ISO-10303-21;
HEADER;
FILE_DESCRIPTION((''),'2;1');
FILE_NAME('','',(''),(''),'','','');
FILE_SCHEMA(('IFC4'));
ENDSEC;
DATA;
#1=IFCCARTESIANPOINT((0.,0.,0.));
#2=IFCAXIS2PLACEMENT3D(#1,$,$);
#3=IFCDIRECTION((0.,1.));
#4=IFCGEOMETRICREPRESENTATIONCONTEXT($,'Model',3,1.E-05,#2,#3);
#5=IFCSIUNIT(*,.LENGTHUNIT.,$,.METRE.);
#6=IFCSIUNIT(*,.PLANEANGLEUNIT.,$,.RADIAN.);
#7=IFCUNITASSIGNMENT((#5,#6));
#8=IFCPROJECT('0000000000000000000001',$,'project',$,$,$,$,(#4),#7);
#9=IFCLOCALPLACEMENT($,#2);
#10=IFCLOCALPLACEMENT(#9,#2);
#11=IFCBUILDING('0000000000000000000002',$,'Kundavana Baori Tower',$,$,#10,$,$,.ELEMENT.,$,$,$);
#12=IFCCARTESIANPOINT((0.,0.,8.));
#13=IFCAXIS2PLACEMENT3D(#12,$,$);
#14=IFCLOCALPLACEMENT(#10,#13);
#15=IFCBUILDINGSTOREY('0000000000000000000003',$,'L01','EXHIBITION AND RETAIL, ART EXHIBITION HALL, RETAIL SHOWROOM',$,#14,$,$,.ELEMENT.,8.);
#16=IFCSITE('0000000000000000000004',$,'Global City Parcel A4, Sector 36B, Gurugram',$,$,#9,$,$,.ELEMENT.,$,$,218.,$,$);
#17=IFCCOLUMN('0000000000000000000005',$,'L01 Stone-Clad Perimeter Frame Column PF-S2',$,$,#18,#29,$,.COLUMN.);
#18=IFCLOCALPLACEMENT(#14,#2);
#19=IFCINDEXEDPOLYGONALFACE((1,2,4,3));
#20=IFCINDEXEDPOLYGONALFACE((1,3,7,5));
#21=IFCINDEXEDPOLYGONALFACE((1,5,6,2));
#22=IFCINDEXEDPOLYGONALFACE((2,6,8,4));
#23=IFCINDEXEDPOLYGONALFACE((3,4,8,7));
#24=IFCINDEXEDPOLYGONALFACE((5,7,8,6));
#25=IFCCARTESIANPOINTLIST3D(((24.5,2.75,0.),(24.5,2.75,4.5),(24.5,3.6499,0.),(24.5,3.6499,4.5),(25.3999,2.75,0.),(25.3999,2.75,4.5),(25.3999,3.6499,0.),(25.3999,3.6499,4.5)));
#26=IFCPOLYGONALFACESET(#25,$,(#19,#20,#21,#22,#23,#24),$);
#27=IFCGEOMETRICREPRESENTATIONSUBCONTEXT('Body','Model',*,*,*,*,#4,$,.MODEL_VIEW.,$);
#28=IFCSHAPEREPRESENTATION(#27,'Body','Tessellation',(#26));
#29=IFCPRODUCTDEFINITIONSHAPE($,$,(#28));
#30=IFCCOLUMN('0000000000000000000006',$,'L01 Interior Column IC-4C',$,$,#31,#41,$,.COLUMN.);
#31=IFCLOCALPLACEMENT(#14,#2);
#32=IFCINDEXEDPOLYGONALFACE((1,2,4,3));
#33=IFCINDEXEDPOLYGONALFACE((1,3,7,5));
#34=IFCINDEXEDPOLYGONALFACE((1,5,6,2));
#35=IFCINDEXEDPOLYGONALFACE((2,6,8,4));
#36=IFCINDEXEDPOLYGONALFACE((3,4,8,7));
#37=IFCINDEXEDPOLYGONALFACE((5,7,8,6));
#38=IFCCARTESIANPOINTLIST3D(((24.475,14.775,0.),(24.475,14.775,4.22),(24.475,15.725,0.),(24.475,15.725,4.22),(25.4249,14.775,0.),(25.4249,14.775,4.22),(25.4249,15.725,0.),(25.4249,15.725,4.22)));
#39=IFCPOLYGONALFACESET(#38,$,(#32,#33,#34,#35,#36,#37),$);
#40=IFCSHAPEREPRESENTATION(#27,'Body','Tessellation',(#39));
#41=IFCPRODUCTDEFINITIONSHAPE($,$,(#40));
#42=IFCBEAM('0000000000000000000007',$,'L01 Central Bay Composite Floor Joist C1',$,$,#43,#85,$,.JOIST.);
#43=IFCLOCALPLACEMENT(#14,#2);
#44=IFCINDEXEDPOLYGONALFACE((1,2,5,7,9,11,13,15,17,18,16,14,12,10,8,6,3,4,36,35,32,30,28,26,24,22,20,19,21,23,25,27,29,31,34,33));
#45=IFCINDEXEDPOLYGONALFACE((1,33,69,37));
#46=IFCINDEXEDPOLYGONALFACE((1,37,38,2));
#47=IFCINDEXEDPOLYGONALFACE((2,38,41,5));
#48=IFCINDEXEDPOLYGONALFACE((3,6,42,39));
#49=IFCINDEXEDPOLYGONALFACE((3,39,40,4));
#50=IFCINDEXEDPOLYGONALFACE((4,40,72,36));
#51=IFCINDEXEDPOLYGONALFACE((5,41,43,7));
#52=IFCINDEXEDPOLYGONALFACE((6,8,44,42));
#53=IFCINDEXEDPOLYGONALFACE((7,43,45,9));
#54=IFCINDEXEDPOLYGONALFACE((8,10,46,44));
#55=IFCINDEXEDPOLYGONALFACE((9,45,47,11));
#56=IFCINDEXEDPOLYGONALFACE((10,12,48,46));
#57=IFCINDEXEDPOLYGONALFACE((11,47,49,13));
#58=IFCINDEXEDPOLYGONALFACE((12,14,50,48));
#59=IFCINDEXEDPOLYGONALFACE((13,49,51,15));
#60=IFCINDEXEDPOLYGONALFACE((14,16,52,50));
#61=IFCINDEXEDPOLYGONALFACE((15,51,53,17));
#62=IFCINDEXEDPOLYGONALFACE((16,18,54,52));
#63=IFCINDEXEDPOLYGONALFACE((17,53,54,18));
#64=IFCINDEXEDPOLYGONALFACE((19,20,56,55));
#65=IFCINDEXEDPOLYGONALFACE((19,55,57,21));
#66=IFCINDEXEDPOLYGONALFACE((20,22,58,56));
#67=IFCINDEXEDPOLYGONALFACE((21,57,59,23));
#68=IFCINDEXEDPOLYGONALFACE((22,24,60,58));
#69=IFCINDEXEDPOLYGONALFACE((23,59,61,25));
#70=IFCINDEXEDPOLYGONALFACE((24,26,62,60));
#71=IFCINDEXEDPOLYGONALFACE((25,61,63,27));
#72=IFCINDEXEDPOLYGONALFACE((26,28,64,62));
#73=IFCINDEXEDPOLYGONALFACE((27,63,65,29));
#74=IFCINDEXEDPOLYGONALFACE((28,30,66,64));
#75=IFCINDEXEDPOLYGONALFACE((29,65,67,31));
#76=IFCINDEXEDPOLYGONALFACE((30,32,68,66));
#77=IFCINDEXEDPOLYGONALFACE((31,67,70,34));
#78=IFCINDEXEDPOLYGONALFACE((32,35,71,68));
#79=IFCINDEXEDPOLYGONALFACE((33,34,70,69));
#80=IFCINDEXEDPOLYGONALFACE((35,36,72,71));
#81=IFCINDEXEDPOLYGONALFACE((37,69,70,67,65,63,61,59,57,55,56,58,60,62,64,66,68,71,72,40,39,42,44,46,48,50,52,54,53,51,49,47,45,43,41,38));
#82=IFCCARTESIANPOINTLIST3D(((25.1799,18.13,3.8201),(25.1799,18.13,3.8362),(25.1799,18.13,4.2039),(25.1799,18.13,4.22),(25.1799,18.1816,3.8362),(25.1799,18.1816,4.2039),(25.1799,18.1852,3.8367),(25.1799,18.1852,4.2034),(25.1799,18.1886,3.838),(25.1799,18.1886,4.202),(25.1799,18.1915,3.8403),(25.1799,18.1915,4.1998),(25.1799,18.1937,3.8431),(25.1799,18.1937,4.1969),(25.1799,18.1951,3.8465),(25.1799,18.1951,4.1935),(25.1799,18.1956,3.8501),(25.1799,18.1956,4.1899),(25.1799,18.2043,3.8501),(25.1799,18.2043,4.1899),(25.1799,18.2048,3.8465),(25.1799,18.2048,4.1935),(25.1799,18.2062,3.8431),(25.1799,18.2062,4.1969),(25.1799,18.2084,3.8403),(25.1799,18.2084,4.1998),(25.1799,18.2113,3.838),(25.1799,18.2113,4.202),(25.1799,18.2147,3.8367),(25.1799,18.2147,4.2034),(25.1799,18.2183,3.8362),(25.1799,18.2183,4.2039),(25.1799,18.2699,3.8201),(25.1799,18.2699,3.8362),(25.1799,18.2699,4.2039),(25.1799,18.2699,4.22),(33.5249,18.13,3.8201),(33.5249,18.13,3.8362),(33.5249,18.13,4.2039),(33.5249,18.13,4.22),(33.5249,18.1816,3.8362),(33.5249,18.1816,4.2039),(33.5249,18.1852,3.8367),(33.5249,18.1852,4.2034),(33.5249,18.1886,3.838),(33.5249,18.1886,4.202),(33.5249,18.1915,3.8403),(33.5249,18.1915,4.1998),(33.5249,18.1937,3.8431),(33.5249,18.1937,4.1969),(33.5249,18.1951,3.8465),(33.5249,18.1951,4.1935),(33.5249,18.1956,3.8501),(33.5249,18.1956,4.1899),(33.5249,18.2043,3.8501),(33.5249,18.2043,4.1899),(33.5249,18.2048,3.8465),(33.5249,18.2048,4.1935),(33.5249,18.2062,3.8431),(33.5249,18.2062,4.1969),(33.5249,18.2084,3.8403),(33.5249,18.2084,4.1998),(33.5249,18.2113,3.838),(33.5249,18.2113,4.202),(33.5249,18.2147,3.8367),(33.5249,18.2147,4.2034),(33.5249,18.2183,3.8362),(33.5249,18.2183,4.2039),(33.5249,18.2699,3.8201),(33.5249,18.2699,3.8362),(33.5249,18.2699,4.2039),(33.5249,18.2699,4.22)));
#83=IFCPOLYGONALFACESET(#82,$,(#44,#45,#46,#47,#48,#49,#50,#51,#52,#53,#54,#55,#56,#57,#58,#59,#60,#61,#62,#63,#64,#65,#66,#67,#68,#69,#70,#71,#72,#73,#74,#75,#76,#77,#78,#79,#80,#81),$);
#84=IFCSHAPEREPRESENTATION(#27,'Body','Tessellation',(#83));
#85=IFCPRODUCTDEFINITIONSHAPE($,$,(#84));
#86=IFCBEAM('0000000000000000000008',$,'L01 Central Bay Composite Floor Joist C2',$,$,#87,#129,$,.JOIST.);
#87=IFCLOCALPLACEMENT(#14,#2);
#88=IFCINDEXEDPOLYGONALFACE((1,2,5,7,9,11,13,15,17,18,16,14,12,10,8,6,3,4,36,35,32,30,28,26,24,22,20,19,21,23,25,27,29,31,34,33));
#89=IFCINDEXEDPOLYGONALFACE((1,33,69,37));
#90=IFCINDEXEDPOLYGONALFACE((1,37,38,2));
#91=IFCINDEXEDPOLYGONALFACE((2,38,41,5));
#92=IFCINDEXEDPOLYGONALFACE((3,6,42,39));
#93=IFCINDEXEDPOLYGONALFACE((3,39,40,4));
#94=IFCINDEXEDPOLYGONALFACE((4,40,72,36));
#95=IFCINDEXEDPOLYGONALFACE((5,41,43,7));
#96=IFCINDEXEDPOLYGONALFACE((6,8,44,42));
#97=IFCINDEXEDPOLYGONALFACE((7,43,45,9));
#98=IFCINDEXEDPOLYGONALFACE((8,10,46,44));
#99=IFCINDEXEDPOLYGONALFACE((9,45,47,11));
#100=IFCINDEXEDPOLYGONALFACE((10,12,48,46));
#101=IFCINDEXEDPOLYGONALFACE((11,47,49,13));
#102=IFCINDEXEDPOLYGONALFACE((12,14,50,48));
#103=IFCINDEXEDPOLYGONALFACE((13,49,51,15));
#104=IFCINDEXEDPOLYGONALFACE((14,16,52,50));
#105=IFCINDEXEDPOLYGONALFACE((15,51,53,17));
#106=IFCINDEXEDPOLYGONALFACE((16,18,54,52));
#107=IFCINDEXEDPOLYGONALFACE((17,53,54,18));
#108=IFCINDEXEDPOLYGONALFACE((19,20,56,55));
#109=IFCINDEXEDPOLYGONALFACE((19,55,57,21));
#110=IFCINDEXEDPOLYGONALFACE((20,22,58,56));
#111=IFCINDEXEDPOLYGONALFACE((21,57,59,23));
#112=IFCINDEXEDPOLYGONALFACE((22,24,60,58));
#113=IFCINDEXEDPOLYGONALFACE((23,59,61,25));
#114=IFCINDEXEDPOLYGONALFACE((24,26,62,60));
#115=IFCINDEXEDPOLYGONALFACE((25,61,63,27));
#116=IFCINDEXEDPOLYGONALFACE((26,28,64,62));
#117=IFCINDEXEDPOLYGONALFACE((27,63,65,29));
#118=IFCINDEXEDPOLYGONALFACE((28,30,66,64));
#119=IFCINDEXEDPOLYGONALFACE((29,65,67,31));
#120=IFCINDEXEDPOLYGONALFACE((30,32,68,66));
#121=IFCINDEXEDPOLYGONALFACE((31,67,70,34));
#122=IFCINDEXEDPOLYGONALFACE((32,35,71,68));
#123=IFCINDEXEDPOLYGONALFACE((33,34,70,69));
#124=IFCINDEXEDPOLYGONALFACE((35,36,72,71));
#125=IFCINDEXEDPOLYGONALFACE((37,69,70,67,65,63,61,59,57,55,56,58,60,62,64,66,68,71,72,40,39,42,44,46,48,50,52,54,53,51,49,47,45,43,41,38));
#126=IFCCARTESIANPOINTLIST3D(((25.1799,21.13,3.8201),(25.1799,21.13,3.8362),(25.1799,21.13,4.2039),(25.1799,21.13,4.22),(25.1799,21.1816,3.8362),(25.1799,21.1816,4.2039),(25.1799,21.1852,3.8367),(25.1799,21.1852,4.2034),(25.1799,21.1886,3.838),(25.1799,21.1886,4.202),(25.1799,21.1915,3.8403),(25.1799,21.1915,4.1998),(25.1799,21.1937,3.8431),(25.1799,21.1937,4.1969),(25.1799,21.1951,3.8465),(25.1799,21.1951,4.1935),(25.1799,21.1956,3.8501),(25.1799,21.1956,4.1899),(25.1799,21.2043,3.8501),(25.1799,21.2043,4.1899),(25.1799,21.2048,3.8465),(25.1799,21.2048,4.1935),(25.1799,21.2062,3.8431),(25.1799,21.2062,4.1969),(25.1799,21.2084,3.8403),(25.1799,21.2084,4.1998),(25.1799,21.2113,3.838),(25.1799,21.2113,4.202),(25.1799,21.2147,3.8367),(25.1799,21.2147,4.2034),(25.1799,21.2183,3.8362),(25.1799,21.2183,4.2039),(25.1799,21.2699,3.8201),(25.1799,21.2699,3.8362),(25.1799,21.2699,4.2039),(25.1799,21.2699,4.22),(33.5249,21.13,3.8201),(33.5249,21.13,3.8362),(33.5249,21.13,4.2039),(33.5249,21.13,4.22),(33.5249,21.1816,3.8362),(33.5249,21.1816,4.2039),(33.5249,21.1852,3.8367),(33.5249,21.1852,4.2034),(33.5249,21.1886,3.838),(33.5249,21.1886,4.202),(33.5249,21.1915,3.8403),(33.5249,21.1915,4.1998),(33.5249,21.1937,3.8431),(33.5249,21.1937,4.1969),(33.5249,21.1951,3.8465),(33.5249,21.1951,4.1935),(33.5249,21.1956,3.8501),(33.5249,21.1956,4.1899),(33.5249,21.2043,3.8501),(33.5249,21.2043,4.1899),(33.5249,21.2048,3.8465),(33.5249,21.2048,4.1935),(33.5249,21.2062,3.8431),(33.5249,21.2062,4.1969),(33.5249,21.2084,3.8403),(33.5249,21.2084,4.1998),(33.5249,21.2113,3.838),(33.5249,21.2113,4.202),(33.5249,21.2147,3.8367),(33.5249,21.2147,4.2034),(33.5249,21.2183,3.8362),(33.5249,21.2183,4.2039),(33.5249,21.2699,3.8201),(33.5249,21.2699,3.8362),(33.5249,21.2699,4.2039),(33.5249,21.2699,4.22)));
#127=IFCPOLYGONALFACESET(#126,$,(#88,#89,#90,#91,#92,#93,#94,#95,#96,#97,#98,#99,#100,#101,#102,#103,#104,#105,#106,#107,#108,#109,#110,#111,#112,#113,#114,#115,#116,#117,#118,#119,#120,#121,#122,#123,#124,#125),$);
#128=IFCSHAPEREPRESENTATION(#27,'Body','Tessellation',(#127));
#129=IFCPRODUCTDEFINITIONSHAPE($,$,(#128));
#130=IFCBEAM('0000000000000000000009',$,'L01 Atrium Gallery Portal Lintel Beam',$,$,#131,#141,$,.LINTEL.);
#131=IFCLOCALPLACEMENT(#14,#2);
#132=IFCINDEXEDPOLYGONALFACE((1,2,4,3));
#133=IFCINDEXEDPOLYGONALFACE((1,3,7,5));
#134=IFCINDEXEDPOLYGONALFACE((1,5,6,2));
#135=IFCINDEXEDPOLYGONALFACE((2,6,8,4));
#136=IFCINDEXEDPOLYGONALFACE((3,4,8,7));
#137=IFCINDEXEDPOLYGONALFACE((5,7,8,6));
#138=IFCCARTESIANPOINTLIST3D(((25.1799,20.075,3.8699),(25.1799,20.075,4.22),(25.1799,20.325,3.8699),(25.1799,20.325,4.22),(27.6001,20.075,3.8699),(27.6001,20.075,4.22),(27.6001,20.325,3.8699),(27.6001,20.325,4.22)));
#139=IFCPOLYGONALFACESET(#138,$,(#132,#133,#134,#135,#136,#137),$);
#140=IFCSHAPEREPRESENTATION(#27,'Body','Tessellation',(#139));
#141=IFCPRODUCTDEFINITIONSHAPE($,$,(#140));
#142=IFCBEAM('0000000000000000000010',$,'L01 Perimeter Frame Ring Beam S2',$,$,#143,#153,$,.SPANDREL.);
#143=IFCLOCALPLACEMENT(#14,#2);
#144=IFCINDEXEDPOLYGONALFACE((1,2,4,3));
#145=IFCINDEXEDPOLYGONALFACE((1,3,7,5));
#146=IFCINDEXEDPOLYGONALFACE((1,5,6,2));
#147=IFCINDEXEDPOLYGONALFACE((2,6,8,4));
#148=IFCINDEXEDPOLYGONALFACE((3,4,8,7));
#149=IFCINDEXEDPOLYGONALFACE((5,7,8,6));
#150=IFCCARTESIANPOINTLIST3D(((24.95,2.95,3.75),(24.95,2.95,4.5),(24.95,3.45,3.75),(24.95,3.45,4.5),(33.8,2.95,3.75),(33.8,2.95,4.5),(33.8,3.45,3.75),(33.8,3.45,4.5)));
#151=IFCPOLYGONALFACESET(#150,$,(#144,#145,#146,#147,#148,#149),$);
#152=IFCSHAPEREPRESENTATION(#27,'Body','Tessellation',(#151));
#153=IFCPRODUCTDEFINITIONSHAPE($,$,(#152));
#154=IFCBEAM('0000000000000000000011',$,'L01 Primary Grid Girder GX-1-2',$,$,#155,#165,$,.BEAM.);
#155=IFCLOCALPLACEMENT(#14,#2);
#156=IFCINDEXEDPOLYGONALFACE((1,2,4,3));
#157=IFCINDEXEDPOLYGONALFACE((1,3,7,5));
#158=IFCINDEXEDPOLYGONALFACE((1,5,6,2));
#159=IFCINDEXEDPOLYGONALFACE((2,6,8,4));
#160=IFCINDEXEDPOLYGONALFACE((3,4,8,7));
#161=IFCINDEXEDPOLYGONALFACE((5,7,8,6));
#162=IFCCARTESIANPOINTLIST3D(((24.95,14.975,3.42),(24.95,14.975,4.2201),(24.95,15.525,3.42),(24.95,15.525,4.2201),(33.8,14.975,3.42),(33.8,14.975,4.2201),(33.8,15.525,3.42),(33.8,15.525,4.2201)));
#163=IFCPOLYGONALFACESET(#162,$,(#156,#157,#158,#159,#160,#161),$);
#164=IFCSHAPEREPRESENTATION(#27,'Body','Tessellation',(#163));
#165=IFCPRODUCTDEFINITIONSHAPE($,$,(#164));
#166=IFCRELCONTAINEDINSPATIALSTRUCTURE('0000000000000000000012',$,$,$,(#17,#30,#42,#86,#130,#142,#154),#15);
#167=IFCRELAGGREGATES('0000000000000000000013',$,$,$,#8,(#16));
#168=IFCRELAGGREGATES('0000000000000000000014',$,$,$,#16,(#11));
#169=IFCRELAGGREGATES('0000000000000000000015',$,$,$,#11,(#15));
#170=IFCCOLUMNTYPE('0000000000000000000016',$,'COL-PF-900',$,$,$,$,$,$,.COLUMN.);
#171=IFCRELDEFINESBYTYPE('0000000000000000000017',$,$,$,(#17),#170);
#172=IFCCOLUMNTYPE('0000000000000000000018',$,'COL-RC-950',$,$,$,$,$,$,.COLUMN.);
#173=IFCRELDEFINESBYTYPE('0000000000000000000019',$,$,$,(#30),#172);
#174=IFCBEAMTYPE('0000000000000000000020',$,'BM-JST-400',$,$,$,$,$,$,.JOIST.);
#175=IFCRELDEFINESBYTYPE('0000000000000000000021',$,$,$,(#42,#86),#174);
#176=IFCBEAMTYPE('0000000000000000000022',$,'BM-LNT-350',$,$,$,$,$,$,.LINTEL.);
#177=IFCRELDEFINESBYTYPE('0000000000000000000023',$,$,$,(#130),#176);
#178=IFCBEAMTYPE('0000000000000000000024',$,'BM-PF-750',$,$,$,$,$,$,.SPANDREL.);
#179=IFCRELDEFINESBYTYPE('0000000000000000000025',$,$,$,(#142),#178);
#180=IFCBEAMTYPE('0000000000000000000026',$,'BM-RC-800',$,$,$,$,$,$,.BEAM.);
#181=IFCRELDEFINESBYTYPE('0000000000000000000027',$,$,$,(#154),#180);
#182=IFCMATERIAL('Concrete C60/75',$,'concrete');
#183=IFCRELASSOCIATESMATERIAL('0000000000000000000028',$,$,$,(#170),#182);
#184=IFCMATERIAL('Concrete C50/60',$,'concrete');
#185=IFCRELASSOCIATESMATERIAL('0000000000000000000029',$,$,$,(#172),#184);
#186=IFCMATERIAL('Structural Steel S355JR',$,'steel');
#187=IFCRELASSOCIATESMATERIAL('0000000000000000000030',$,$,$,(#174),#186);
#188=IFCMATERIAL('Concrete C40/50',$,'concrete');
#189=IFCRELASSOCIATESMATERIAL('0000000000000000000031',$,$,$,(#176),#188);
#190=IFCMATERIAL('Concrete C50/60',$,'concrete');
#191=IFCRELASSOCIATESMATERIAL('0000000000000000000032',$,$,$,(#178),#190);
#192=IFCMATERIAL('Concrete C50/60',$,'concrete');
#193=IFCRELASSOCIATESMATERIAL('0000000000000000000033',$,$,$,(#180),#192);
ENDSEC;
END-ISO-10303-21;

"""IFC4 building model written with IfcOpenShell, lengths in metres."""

from ifc_helpers import new_model, si_unit, direction, frame, origin, origin_2d, place, context, subcontext, project, spatial, rectangle, i_section, extrude, material, material_profile, profile_set, type_object, element, save


model = new_model("IFC4")

# Units and contexts
model_context = context("Model", 3, precision=1e-05, world=origin(), true_north=direction((0.0, 1.0)))
body_context = subcontext(model_context, "Body", "Model", "MODEL_VIEW")
ifc_project = project(units=[si_unit("LENGTHUNIT", "METRE"), si_unit("PLANEANGLEUNIT", "RADIAN")], contexts=[model_context])

# Site, building, storey
site_placement = place(None, origin())
site = spatial("IfcSite", under=ifc_project, at=site_placement, Name="Global City Parcel A4, Sector 36B, Gurugram", CompositionType="ELEMENT", RefElevation=218.0)
building_placement = place(site_placement, origin())
building = spatial("IfcBuilding", under=site, at=building_placement, Name="Kundavana Baori Tower", CompositionType="ELEMENT")
storey_placement = place(building_placement, frame((0.0, 0.0, 8.0)))
storey = spatial("IfcBuildingStorey", under=building, at=storey_placement, Name="L01", Description="EXHIBITION AND RETAIL, ART EXHIBITION HALL, RETAIL SHOWROOM", CompositionType="ELEMENT", Elevation=8.0)

# Columns
ifc_material_1 = material(Name="Concrete C60/75", Category="concrete")
ifc_material_profile_1 = material_profile(ifc_material_1, rectangle(XDim=0.8999, YDim=0.8999, at=origin_2d()), Name="RC PF 900x900")
ifc_profile_set_1 = profile_set([ifc_material_profile_1], Name="Concrete C60/75")
column_type_1 = type_object("IfcColumnType", Name="COL-PF-900", PredefinedType="COLUMN", material=ifc_profile_set_1)
column_1_placement = place(storey_placement, frame((24.95, 3.2, 0.0), z_axis=(0.0, 0.0, 1.0), x_axis=(1.0, 0.0, 0.0)))
element("IfcColumn", 1, at=column_1_placement, inside=storey, type_object=column_type_1, Name="L01 Stone-Clad Perimeter Frame Column PF-S2", PredefinedType="COLUMN", context=body_context, shape_type="SweptSolid", body=[
    extrude(rectangle(XDim=0.8999, YDim=0.8999, at=origin_2d()), origin(), (0.0, 0.0, 1.0), 4.5),
])
ifc_material_2 = material(Name="Concrete C50/60", Category="concrete")
ifc_material_profile_2 = material_profile(ifc_material_2, rectangle(XDim=0.95, YDim=0.95, at=origin_2d()), Name="RC 950x950")
ifc_profile_set_2 = profile_set([ifc_material_profile_2], Name="Concrete C50/60")
column_type_2 = type_object("IfcColumnType", Name="COL-RC-950", PredefinedType="COLUMN", material=ifc_profile_set_2)
column_2_placement = place(storey_placement, frame((24.95, 15.25, 0.0), z_axis=(0.0, 0.0, 1.0), x_axis=(1.0, 0.0, 0.0)))
element("IfcColumn", 2, at=column_2_placement, inside=storey, type_object=column_type_2, Name="L01 Interior Column IC-4C", PredefinedType="COLUMN", context=body_context, shape_type="SweptSolid", body=[
    extrude(rectangle(XDim=0.95, YDim=0.95, at=origin_2d()), origin(), (0.0, 0.0, 1.0), 4.22),
])

# Beams
ifc_material_3 = material(Name="Structural Steel S355JR", Category="steel")
ifc_material_profile_3 = material_profile(ifc_material_3, i_section(OverallWidth=0.1399, OverallDepth=0.3999, WebThickness=0.0088, FlangeThickness=0.0161, FilletRadius=0.0139, at=origin_2d()), Name="ISMB 400")
ifc_profile_set_3 = profile_set([ifc_material_profile_3], Name="Structural Steel S355JR")
beam_type_1 = type_object("IfcBeamType", Name="BM-JST-400", PredefinedType="JOIST", material=ifc_profile_set_3)
for number, where, z_axis, x_axis, name in (
    (3, (25.1799, 18.2, 4.02), (1.0, 0.0, 0.0), (0.0, 1.0, 0.0), "L01 Central Bay Composite Floor Joist C1"),
    (4, (25.1799, 21.2, 4.02), (1.0, 0.0, 0.0), (0.0, 1.0, 0.0), "L01 Central Bay Composite Floor Joist C2"),
):
    element("IfcBeam", number, at=place(storey_placement, frame(where, z_axis=z_axis, x_axis=x_axis)), inside=storey, type_object=beam_type_1, Name=name, PredefinedType="JOIST", context=body_context, shape_type="SweptSolid", body=[
        extrude(i_section(OverallWidth=0.1399, OverallDepth=0.3999, WebThickness=0.0088, FlangeThickness=0.0161, FilletRadius=0.0139, at=origin_2d()), origin(), (0.0, 0.0, 1.0), 8.345),
    ])
ifc_material_4 = material(Name="Concrete C40/50", Category="concrete")
ifc_material_profile_4 = material_profile(ifc_material_4, rectangle(XDim=0.25, YDim=0.3501, at=origin_2d()), Name="RC LNT 250x350")
ifc_profile_set_4 = profile_set([ifc_material_profile_4], Name="Concrete C40/50")
beam_type_2 = type_object("IfcBeamType", Name="BM-LNT-350", PredefinedType="LINTEL", material=ifc_profile_set_4)
beam_1_placement = place(storey_placement, frame((25.1799, 20.2, 4.0449), z_axis=(1.0, 0.0, 0.0), x_axis=(0.0, 1.0, 0.0)))
element("IfcBeam", 5, at=beam_1_placement, inside=storey, type_object=beam_type_2, Name="L01 Atrium Gallery Portal Lintel Beam", PredefinedType="LINTEL", context=body_context, shape_type="SweptSolid", body=[
    extrude(rectangle(XDim=0.25, YDim=0.3501, at=origin_2d()), origin(), (0.0, 0.0, 1.0), 2.4202),
])
ifc_material_5 = material(Name="Concrete C50/60", Category="concrete")
ifc_material_profile_5 = material_profile(ifc_material_5, rectangle(XDim=0.5, YDim=0.75, at=origin_2d()), Name="RC BM 500x750")
ifc_profile_set_5 = profile_set([ifc_material_profile_5], Name="Concrete C50/60")
beam_type_3 = type_object("IfcBeamType", Name="BM-PF-750", PredefinedType="SPANDREL", material=ifc_profile_set_5)
beam_2_placement = place(storey_placement, frame((24.95, 3.2, 4.125), z_axis=(1.0, 0.0, 0.0), x_axis=(0.0, 1.0, 0.0)))
element("IfcBeam", 6, at=beam_2_placement, inside=storey, type_object=beam_type_3, Name="L01 Perimeter Frame Ring Beam S2", PredefinedType="SPANDREL", context=body_context, shape_type="SweptSolid", body=[
    extrude(rectangle(XDim=0.5, YDim=0.75, at=origin_2d()), origin(), (0.0, 0.0, 1.0), 8.8501),
])
ifc_material_6 = material(Name="Concrete C50/60", Category="concrete")
ifc_material_profile_6 = material_profile(ifc_material_6, rectangle(XDim=0.55, YDim=0.8, at=origin_2d()), Name="RC BM 550x800")
ifc_profile_set_6 = profile_set([ifc_material_profile_6], Name="Concrete C50/60")
beam_type_4 = type_object("IfcBeamType", Name="BM-RC-800", PredefinedType="BEAM", material=ifc_profile_set_6)
beam_3_placement = place(storey_placement, frame((24.95, 15.25, 3.8201), z_axis=(1.0, 0.0, 0.0), x_axis=(0.0, 1.0, 0.0)))
element("IfcBeam", 7, at=beam_3_placement, inside=storey, type_object=beam_type_4, Name="L01 Primary Grid Girder GX-1-2", PredefinedType="BEAM", context=body_context, shape_type="SweptSolid", body=[
    extrude(rectangle(XDim=0.55, YDim=0.8, at=origin_2d()), origin(), (0.0, 0.0, 1.0), 8.8501),
])

save(model, "model.ifc")
